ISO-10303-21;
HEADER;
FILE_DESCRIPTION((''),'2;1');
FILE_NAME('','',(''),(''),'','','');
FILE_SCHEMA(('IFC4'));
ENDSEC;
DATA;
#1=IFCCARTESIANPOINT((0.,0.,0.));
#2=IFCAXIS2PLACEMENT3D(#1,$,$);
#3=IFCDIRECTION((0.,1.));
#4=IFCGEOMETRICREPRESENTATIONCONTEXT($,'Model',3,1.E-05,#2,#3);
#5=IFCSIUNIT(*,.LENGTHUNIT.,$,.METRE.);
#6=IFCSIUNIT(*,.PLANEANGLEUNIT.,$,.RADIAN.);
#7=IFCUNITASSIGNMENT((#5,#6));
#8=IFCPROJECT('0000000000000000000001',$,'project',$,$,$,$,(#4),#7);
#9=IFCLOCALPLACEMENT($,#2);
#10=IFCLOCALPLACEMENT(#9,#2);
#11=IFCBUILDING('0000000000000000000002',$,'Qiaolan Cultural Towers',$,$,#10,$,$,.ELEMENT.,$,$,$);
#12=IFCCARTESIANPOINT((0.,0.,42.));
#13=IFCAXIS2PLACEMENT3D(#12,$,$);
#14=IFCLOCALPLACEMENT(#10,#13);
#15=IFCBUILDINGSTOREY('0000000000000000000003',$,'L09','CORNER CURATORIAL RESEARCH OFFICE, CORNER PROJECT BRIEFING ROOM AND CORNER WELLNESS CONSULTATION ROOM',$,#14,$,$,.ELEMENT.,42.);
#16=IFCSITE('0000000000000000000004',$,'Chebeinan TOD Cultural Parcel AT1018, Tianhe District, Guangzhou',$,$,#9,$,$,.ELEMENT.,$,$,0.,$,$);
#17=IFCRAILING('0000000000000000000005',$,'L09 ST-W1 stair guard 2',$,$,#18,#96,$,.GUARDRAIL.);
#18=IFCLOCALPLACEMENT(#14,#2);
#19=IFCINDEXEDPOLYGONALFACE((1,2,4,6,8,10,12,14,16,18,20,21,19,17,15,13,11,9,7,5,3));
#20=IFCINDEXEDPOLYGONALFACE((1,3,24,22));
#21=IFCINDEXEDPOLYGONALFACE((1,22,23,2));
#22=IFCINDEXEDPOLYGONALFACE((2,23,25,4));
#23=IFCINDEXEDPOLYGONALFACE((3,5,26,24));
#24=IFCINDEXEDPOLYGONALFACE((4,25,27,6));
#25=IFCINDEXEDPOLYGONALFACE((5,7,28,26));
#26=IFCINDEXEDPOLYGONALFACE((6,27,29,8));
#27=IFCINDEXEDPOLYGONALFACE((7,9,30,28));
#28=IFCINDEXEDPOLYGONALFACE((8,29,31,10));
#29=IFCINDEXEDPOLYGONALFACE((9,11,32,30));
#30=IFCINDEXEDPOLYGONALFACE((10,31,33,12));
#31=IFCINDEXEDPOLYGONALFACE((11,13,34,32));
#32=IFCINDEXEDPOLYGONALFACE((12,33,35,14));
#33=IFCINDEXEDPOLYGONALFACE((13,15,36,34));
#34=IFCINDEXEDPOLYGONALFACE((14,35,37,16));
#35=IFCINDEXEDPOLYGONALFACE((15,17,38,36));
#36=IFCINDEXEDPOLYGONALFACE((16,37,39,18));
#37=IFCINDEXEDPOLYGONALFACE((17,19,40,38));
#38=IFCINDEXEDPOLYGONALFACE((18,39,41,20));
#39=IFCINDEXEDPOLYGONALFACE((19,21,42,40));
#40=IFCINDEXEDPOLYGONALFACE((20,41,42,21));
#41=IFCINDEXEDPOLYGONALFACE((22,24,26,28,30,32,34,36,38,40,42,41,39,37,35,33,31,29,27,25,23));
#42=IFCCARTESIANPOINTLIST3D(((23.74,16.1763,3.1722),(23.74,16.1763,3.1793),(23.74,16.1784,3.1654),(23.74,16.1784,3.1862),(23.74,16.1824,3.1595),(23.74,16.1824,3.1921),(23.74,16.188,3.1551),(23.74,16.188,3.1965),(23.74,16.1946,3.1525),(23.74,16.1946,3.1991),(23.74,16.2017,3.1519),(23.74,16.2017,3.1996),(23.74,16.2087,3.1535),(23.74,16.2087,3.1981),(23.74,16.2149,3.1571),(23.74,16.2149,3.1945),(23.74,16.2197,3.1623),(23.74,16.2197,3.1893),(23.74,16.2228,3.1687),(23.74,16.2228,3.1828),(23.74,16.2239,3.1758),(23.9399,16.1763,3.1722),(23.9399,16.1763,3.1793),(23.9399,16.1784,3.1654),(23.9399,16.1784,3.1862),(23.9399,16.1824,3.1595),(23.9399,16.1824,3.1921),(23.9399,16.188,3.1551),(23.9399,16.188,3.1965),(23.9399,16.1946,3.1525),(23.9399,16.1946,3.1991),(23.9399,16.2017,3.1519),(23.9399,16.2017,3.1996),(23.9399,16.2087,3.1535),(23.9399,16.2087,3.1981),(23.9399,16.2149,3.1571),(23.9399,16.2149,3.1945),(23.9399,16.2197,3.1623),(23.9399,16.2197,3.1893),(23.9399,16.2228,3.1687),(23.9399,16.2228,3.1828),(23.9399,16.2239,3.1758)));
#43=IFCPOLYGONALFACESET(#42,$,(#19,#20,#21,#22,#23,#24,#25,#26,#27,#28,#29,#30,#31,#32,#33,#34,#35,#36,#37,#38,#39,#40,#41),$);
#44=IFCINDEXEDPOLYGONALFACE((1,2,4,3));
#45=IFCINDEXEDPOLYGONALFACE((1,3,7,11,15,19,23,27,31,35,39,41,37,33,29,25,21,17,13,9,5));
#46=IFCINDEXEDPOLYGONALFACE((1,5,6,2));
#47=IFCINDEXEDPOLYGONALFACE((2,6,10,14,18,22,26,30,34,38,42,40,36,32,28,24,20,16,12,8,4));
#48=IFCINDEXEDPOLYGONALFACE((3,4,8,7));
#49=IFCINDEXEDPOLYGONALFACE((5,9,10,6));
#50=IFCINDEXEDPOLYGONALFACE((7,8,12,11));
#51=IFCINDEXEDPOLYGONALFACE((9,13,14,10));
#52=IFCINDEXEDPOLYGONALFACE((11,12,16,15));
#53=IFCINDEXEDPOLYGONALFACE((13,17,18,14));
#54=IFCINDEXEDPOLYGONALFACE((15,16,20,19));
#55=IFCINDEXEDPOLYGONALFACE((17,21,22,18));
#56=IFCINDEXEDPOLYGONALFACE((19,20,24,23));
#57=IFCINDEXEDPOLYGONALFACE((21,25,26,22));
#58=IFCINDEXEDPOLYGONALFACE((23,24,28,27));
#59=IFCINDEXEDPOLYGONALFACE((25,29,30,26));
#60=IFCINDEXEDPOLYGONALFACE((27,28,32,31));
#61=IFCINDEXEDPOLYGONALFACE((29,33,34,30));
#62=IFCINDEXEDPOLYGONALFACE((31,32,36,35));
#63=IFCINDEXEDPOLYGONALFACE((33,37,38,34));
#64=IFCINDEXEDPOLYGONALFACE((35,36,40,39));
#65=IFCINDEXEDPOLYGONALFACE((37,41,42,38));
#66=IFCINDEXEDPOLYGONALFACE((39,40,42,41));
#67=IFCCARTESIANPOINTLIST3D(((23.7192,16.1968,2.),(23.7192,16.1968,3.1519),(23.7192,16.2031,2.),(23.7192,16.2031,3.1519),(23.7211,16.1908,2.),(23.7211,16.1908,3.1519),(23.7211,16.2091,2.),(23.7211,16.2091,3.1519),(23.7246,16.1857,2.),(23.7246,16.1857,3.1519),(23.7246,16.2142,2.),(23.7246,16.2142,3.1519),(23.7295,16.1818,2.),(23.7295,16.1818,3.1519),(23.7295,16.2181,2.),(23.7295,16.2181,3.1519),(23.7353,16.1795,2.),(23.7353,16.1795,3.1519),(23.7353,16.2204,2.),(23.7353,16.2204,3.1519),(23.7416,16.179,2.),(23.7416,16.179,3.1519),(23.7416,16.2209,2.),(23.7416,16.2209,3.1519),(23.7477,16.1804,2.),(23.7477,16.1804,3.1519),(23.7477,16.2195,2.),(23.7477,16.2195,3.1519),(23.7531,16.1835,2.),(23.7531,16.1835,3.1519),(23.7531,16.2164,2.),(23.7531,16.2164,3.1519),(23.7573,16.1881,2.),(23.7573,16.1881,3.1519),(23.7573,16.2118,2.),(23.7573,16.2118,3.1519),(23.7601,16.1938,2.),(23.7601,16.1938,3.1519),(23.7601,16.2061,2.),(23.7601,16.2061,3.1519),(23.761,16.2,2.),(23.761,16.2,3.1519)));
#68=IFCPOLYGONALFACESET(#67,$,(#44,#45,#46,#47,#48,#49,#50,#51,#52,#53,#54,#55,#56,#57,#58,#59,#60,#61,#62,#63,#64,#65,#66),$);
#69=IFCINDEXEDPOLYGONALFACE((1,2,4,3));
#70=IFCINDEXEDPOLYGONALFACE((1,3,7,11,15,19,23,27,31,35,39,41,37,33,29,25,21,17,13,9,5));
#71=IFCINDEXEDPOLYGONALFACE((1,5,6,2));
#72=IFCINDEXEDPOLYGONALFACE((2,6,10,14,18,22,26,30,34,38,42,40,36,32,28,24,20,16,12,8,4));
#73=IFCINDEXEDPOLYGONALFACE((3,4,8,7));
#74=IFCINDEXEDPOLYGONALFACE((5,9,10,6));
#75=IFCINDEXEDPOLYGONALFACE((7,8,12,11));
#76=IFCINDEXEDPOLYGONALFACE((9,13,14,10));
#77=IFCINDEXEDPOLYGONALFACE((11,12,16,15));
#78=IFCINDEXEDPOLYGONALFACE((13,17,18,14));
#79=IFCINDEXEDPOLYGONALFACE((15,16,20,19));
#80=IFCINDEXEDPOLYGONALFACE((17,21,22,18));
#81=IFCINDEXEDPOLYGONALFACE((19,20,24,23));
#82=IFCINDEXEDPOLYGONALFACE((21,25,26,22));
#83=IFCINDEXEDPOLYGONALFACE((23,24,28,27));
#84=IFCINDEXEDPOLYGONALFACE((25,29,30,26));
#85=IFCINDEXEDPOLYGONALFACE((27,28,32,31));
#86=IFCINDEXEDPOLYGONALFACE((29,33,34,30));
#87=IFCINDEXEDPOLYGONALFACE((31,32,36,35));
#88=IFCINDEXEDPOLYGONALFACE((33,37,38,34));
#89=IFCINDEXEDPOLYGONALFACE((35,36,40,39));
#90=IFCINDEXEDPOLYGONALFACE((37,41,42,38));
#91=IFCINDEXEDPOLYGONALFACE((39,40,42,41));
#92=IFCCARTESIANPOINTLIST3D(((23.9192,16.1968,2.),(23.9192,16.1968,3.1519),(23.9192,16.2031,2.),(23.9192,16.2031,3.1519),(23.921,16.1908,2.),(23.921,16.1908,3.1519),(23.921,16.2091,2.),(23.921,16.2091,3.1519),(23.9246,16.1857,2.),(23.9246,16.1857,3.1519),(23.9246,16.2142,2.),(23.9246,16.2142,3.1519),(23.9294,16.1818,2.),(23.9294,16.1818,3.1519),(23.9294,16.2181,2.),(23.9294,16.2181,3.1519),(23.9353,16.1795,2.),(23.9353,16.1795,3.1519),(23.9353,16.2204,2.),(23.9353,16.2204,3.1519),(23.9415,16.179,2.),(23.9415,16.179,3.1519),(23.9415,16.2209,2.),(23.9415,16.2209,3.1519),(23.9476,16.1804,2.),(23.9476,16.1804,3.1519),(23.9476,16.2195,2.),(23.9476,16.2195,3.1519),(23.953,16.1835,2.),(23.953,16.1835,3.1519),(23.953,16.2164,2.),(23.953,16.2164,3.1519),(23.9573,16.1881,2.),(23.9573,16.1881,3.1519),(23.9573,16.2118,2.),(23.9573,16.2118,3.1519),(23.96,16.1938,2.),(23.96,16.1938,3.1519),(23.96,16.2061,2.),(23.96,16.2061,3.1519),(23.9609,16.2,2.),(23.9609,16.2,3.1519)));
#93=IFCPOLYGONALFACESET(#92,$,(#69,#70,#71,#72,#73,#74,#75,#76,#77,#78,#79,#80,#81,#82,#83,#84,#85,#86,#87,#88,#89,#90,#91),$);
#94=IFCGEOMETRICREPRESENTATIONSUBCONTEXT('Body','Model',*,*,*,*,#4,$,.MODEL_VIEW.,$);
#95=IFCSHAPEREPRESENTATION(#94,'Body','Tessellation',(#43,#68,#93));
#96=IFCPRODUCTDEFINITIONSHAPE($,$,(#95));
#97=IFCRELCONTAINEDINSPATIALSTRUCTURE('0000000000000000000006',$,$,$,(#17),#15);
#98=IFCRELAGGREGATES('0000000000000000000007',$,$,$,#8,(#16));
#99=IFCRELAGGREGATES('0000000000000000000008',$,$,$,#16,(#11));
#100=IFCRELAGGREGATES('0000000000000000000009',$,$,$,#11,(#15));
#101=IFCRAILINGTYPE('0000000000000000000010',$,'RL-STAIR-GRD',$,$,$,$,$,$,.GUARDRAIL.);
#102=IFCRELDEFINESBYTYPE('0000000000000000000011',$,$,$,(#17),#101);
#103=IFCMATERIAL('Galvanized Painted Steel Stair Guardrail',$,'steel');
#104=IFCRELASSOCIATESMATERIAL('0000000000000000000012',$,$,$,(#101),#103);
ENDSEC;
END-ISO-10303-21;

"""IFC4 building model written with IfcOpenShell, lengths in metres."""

from ifc_helpers import new_model, si_unit, direction, frame, origin, origin_2d, place, context, subcontext, project, spatial, circle, extrude, material, type_object, element, save


model = new_model("IFC4")

# Units and contexts
model_context = context("Model", 3, precision=1e-05, world=origin(), true_north=direction((0.0, 1.0)))
body_context = subcontext(model_context, "Body", "Model", "MODEL_VIEW")
ifc_project = project(units=[si_unit("LENGTHUNIT", "METRE"), si_unit("PLANEANGLEUNIT", "RADIAN")], contexts=[model_context])

# Site, building, storey
site_placement = place(None, origin())
site = spatial("IfcSite", under=ifc_project, at=site_placement, Name="Chebeinan TOD Cultural Parcel AT1018, Tianhe District, Guangzhou", CompositionType="ELEMENT", RefElevation=0.0)
building_placement = place(site_placement, origin())
building = spatial("IfcBuilding", under=site, at=building_placement, Name="Qiaolan Cultural Towers", CompositionType="ELEMENT")
storey_placement = place(building_placement, frame((0.0, 0.0, 42.0)))
storey = spatial("IfcBuildingStorey", under=building, at=storey_placement, Name="L09", Description="CORNER CURATORIAL RESEARCH OFFICE, CORNER PROJECT BRIEFING ROOM AND CORNER WELLNESS CONSULTATION ROOM", CompositionType="ELEMENT", Elevation=42.0)

# Railing
ifc_material_1 = material(Name="Galvanized Painted Steel Stair Guardrail", Category="steel")
railing_type_1 = type_object("IfcRailingType", Name="RL-STAIR-GRD", PredefinedType="GUARDRAIL", material=ifc_material_1)
railing_1_placement = place(storey_placement, frame((23.74, 16.2, 2.0)))
element("IfcRailing", 1, at=railing_1_placement, inside=storey, type_object=railing_type_1, Name="L09 ST-W1 stair guard 2", PredefinedType="GUARDRAIL", context=body_context, shape_type="SweptSolid", body=[
    extrude(circle(Radius=0.0239, at=origin_2d()), frame((0.0, 0.0, 1.1758), z_axis=(1.0, 0.0, 0.0), x_axis=(0.0, 1.0, 0.0)), (0.0, 0.0, 1.0), 0.2),
    extrude(circle(Radius=0.021, at=origin_2d()), origin(), (0.0, 0.0, 1.0), 1.1519),
    extrude(circle(Radius=0.021, at=origin_2d()), frame((0.2, 0.0, 0.0)), (0.0, 0.0, 1.0), 1.1519),
])

save(model, "model.ifc")
